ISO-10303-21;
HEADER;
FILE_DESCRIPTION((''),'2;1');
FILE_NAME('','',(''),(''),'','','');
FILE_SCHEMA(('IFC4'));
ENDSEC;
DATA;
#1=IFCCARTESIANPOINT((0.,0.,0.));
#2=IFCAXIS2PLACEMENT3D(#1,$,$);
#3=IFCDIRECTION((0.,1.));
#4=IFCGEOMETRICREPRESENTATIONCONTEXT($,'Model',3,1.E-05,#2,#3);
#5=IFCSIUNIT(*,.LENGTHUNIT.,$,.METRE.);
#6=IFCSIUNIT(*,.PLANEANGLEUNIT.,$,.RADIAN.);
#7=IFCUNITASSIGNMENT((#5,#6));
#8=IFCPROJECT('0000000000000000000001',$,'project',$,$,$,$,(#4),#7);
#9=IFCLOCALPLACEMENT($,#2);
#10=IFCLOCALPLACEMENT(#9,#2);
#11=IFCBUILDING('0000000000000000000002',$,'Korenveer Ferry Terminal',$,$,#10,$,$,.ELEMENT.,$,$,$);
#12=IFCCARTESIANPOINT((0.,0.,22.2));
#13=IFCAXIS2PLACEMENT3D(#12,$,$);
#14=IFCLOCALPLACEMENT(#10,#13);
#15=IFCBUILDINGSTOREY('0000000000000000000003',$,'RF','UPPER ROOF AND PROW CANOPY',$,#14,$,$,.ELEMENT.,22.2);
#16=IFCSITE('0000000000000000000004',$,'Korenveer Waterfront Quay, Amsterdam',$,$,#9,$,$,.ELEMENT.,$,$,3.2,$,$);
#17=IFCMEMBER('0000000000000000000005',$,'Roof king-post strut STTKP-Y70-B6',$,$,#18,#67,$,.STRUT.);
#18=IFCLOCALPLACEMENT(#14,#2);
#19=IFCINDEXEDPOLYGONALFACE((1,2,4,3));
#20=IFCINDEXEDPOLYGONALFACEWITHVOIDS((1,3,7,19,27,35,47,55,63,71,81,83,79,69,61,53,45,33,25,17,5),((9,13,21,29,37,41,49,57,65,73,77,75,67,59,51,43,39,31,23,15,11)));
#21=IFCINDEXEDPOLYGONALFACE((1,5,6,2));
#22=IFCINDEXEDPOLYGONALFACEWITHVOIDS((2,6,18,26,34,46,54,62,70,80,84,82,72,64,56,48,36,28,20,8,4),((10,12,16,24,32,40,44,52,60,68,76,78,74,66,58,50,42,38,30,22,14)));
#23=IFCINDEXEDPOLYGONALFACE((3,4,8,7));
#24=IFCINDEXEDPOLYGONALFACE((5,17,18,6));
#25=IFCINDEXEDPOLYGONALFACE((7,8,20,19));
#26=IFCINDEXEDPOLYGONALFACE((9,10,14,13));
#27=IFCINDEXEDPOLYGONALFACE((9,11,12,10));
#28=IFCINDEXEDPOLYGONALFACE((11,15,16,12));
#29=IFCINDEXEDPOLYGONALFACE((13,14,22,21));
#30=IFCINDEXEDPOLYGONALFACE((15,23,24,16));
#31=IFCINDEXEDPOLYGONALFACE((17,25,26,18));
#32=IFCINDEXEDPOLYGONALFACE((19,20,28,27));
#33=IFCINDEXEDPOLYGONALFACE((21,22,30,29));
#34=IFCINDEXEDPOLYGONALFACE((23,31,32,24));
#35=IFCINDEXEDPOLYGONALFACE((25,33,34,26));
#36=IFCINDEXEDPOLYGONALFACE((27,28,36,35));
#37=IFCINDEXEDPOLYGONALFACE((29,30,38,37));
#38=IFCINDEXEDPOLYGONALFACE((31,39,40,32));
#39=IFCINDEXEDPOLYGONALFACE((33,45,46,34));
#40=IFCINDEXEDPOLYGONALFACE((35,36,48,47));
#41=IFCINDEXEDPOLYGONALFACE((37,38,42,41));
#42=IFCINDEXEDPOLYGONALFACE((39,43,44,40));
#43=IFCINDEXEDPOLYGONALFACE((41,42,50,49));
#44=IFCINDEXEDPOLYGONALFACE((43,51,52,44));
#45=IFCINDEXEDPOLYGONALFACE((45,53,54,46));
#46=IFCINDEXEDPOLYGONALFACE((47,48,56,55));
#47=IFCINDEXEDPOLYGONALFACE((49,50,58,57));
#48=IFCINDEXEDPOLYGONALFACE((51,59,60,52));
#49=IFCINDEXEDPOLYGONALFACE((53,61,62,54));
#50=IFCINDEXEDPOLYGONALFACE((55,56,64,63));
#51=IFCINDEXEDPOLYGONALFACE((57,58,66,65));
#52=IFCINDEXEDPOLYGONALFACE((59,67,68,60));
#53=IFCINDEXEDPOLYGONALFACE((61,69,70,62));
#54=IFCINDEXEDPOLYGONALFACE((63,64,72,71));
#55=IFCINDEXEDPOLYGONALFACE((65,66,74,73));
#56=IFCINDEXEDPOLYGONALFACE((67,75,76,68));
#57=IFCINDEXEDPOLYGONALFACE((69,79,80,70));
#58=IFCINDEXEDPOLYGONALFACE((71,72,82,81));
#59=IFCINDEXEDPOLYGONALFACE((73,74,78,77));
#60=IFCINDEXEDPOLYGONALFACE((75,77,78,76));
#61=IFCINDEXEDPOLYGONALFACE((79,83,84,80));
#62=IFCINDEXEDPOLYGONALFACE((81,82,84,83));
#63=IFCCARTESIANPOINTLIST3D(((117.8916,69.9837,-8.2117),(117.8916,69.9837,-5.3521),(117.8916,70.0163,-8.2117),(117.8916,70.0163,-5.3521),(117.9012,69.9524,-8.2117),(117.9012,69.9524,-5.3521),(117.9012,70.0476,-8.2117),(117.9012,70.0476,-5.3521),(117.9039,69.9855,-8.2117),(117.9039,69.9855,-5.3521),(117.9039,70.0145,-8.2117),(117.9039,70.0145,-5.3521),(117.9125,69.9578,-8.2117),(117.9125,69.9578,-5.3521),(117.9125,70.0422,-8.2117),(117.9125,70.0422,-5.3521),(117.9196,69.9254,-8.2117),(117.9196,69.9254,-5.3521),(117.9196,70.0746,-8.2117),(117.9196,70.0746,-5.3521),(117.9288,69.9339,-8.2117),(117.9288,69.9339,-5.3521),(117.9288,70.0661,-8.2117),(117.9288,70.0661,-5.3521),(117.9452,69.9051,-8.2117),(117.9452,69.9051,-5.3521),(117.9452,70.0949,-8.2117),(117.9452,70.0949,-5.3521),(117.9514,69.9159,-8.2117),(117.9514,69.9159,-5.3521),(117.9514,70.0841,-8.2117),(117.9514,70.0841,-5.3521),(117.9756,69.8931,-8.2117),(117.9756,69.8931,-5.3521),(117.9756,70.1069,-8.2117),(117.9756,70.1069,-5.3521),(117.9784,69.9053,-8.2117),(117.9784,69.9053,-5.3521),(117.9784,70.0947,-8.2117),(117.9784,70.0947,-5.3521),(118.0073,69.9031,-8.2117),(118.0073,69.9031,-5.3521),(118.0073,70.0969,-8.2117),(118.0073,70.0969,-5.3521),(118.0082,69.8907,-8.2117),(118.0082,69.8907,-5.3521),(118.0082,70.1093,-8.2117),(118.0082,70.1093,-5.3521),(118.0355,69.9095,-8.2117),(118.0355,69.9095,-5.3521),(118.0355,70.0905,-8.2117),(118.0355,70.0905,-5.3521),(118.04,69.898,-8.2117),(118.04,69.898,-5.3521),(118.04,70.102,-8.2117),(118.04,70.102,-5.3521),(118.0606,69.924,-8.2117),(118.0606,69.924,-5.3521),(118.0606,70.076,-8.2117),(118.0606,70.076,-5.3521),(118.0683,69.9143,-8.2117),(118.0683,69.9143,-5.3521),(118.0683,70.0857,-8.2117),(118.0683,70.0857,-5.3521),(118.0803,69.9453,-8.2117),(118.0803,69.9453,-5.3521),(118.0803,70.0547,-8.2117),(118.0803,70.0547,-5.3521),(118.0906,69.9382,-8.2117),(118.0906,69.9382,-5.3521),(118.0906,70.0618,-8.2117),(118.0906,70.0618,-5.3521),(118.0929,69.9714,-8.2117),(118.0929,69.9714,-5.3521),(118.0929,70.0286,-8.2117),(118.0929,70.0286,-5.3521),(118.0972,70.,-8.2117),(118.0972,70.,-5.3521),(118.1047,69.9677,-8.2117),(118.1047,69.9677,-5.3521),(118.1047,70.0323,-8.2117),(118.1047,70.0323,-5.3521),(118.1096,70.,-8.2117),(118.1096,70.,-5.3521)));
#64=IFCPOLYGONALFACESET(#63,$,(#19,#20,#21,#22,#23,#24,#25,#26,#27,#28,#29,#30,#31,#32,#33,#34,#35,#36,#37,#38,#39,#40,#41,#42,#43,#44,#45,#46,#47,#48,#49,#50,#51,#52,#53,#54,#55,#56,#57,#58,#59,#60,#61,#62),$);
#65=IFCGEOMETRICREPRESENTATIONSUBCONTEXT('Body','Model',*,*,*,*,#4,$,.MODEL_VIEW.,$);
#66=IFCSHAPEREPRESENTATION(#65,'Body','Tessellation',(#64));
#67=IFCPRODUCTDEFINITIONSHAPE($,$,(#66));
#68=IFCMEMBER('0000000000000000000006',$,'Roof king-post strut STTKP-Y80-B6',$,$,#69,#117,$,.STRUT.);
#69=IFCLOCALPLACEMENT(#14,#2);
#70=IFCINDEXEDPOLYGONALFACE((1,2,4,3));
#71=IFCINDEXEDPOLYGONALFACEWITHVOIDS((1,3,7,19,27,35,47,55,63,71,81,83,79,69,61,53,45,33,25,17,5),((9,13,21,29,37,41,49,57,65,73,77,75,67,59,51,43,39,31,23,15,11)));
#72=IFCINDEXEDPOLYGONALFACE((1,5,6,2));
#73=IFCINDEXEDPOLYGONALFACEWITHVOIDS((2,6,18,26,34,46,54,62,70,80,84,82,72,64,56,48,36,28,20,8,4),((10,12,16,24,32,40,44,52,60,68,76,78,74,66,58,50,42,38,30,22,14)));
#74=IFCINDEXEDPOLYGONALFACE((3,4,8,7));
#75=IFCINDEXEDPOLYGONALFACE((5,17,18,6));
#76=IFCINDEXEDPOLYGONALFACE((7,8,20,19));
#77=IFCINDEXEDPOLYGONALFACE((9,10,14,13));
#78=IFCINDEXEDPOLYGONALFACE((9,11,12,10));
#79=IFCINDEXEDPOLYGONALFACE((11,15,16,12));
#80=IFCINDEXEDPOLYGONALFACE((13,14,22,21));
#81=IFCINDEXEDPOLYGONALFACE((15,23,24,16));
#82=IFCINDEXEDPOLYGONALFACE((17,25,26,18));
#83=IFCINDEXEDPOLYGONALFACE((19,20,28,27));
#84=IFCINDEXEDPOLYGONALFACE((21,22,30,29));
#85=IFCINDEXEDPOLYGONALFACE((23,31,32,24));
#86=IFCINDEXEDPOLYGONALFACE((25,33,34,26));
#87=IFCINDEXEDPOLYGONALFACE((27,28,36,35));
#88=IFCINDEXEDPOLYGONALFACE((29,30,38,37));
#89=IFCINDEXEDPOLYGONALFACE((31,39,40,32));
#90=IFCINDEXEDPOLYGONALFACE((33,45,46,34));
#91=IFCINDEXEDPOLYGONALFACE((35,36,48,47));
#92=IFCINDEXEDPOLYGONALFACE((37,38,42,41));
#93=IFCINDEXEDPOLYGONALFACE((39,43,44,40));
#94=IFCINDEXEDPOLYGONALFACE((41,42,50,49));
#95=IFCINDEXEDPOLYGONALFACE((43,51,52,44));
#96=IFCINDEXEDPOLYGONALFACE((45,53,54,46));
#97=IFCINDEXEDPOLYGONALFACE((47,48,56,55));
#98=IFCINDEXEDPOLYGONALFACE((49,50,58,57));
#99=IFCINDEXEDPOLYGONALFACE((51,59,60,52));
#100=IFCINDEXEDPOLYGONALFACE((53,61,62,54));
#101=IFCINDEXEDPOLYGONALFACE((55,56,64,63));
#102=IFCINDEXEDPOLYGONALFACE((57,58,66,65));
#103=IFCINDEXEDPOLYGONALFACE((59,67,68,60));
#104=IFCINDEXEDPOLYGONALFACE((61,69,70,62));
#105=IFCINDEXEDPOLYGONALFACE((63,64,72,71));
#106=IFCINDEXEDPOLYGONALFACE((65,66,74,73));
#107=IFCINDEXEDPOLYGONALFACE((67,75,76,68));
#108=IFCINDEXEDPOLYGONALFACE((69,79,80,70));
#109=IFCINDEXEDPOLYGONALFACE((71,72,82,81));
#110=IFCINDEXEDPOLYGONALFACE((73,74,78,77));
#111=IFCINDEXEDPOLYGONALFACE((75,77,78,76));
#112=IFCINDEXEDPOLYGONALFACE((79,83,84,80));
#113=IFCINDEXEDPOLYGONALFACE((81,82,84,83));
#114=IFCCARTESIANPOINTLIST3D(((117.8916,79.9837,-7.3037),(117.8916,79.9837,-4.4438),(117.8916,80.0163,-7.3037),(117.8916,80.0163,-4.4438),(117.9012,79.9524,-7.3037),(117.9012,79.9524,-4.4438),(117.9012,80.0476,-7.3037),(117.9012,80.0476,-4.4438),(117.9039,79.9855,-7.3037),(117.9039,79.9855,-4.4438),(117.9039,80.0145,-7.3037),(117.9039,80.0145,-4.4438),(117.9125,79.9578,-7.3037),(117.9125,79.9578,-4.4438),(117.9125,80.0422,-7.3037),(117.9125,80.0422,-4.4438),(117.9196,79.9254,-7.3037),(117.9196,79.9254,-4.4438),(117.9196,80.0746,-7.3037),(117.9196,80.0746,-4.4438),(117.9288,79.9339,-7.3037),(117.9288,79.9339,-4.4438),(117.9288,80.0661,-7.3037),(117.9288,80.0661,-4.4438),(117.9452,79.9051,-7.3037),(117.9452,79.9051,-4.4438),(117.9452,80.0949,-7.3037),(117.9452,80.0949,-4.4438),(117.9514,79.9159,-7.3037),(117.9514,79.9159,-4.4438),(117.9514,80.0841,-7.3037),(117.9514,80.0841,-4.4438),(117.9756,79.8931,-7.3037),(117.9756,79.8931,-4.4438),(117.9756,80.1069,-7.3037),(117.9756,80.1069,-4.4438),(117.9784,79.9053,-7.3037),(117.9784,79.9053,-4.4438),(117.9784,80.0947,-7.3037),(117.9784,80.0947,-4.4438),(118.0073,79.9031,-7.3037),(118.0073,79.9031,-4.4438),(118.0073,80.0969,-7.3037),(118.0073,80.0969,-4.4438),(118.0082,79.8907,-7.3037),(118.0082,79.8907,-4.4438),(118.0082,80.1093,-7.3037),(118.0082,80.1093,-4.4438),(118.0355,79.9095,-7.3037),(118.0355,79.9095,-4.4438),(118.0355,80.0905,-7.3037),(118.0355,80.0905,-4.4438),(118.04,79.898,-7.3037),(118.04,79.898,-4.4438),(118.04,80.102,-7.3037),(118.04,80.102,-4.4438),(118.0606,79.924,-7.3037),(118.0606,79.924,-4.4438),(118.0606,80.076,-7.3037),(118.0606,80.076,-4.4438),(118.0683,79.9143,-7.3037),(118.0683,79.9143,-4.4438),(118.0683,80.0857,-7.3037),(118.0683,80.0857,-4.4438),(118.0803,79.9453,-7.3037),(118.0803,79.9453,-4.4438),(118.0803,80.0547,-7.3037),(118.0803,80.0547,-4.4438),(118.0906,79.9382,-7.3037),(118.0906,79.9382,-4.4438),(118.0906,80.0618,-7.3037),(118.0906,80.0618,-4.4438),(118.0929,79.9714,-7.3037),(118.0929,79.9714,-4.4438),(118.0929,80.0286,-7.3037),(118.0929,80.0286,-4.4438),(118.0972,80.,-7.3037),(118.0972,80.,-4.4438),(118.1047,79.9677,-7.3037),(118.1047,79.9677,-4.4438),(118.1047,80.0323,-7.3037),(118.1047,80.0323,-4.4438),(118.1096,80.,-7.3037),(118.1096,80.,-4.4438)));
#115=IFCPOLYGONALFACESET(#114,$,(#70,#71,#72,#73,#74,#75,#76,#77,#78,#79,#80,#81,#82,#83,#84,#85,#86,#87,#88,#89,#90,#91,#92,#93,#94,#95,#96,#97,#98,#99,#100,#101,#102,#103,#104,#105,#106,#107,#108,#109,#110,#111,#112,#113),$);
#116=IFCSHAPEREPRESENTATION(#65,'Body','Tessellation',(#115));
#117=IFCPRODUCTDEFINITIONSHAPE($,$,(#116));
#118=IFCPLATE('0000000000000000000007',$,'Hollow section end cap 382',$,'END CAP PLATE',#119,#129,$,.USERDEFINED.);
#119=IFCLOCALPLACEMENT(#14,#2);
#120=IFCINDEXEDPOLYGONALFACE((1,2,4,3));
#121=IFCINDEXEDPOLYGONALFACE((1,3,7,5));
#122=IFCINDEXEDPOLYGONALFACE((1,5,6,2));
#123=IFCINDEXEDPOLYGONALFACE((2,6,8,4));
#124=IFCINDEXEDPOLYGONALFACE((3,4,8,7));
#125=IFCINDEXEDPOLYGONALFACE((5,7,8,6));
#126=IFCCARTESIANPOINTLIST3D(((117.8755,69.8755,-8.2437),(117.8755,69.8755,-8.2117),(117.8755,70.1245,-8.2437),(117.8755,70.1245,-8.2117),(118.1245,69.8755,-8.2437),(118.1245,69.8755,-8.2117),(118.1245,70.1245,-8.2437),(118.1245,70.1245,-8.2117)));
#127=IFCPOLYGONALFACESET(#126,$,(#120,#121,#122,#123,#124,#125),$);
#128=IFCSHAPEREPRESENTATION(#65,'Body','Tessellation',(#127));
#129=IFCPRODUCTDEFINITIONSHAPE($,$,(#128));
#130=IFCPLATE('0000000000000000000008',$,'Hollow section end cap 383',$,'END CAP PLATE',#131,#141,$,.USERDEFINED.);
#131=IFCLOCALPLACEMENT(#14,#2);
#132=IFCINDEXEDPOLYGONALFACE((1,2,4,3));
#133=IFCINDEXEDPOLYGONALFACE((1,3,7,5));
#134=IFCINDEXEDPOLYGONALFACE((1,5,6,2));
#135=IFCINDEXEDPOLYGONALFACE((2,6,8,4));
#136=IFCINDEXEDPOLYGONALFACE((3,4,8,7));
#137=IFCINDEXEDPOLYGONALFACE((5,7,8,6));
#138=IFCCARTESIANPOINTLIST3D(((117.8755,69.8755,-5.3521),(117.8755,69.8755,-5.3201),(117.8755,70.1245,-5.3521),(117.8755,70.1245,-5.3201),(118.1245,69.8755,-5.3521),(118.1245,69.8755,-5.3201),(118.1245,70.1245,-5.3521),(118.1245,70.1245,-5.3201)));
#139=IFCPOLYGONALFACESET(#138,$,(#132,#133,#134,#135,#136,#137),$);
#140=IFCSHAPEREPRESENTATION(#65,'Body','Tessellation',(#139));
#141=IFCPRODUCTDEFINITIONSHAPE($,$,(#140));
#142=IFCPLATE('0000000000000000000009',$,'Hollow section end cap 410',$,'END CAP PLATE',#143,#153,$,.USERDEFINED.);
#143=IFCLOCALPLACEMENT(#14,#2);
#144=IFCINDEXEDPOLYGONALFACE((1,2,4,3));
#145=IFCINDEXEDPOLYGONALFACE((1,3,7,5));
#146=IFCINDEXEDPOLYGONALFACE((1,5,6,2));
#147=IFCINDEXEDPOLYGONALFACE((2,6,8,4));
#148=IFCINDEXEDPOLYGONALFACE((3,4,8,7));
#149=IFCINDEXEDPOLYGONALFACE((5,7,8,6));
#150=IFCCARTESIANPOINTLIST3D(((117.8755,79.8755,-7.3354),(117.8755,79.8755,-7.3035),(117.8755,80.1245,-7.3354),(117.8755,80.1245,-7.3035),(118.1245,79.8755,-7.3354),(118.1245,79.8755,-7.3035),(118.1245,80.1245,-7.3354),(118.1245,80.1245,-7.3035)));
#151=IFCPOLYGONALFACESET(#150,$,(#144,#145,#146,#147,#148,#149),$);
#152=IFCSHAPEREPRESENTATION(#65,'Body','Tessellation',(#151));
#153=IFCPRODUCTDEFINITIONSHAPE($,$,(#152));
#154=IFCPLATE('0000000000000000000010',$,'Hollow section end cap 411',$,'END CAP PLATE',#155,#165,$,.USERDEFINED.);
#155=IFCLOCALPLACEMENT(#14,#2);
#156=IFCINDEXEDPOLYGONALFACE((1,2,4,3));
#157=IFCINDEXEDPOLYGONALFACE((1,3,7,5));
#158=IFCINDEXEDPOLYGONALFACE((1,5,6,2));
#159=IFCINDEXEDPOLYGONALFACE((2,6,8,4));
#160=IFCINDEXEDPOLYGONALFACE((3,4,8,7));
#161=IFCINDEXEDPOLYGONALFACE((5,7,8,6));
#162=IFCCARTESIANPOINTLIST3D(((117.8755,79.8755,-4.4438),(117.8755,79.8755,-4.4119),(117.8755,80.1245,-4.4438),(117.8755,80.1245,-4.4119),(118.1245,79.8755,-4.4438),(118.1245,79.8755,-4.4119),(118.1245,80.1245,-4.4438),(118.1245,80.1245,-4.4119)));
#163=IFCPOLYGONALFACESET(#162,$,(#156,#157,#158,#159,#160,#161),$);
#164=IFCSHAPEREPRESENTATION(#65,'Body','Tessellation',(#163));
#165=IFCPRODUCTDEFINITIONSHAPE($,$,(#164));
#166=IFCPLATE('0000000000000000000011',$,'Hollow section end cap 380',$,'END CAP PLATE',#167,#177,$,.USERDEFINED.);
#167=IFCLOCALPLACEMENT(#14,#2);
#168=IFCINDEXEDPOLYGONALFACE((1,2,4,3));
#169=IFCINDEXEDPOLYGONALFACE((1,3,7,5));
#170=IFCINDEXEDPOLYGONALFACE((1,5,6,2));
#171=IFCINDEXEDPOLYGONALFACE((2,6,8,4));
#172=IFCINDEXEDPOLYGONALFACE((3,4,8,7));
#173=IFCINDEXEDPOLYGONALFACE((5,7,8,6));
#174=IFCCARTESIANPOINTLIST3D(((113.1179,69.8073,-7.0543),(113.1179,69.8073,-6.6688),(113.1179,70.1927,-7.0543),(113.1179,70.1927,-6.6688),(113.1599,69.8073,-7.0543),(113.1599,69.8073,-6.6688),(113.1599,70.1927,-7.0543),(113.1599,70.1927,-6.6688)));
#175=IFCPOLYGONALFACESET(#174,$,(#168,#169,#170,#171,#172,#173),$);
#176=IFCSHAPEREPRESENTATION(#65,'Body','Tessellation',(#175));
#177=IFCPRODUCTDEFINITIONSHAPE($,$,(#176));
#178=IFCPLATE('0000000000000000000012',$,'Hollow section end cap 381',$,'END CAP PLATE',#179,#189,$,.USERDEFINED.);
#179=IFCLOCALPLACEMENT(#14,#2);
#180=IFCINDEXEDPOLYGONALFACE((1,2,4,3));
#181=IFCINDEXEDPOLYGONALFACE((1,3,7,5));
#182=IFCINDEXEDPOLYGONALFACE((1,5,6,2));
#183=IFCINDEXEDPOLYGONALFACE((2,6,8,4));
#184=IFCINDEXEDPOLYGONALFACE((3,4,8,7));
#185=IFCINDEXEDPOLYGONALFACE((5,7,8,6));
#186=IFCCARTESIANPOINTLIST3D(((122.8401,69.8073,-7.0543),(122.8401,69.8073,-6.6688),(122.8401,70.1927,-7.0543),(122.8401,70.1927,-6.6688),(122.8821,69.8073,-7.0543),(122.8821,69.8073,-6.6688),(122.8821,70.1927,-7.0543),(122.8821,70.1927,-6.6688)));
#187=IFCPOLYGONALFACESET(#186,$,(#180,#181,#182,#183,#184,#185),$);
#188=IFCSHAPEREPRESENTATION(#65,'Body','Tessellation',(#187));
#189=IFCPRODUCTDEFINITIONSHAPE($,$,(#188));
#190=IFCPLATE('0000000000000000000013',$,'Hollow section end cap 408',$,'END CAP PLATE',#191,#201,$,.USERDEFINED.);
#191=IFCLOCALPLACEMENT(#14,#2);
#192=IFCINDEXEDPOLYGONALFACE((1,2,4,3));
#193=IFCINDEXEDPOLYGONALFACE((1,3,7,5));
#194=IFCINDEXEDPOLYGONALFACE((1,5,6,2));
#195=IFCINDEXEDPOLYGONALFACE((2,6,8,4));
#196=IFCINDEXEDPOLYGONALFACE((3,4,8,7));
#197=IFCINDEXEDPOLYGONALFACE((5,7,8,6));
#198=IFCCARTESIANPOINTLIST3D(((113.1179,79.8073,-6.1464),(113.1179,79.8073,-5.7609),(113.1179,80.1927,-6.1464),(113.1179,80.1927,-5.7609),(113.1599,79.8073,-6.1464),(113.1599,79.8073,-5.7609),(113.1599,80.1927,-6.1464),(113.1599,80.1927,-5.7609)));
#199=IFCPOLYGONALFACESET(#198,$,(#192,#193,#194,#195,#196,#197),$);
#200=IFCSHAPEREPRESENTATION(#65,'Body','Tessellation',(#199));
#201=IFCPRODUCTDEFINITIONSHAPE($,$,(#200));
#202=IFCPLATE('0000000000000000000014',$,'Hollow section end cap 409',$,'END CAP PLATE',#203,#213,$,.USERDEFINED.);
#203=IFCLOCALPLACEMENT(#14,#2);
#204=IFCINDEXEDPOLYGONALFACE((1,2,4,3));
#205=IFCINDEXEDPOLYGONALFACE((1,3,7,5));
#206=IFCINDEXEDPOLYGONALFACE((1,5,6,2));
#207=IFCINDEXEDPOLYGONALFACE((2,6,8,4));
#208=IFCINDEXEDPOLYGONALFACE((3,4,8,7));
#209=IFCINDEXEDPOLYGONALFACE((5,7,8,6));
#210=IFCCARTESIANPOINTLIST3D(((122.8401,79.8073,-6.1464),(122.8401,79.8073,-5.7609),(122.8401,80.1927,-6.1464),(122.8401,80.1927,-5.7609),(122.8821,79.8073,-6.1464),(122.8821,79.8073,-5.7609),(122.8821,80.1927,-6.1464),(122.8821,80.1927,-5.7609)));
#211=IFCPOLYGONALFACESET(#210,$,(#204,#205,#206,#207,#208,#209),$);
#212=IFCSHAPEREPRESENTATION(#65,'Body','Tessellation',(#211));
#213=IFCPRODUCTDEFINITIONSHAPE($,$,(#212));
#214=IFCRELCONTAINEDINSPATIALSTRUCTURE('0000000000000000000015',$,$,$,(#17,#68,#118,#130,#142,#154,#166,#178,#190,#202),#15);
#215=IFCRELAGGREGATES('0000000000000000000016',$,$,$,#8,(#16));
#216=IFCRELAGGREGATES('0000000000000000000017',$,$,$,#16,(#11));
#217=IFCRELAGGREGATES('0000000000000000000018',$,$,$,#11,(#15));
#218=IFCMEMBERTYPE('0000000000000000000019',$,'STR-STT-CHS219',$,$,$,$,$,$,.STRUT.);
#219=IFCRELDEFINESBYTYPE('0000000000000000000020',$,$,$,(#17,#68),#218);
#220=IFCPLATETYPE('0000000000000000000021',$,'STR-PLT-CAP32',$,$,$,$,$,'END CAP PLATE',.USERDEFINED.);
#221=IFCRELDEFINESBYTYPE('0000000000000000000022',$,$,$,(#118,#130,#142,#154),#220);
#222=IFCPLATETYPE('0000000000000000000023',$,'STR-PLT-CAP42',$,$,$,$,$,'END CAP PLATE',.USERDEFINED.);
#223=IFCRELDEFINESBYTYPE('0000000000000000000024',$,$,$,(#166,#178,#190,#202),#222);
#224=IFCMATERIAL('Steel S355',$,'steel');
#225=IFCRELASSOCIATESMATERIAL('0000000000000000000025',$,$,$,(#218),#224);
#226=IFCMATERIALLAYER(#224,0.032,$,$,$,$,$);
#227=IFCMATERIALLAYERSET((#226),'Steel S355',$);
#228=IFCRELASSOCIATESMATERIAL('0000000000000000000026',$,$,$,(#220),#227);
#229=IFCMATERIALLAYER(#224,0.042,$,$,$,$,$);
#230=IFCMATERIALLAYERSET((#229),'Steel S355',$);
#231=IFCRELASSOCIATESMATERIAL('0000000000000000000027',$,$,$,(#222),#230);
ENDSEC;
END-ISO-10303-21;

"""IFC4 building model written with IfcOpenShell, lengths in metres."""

from ifc_helpers import new_model, si_unit, direction, frame, origin, origin_2d, place, context, subcontext, project, spatial, rectangle, hollow_circle, extrude, material, layer, layer_set, material_profile, profile_set, type_object, element, save


model = new_model("IFC4")

# Units and contexts
model_context = context("Model", 3, precision=1e-05, world=origin(), true_north=direction((0.0, 1.0)))
body_context = subcontext(model_context, "Body", "Model", "MODEL_VIEW")
ifc_project = project(units=[si_unit("LENGTHUNIT", "METRE"), si_unit("PLANEANGLEUNIT", "RADIAN")], contexts=[model_context])

# Site, building, storey
site_placement = place(None, origin())
site = spatial("IfcSite", under=ifc_project, at=site_placement, Name="Korenveer Waterfront Quay, Amsterdam", CompositionType="ELEMENT", RefElevation=3.2)
building_placement = place(site_placement, origin())
building = spatial("IfcBuilding", under=site, at=building_placement, Name="Korenveer Ferry Terminal", CompositionType="ELEMENT")
storey_placement = place(building_placement, frame((0.0, 0.0, 22.2)))
storey = spatial("IfcBuildingStorey", under=building, at=storey_placement, Name="RF", Description="UPPER ROOF AND PROW CANOPY", CompositionType="ELEMENT", Elevation=22.2)

# Shared definitions
ifc_material_1 = material(Name="Steel S355", Category="steel")

# Members
ifc_material_profile_1 = material_profile(ifc_material_1, hollow_circle(Radius=0.1096, WallThickness=0.0125, at=origin_2d()), Name="CHS 219.1x12.5")
ifc_profile_set_1 = profile_set([ifc_material_profile_1], Name="Steel S355")
member_type_1 = type_object("IfcMemberType", Name="STR-STT-CHS219", PredefinedType="STRUT", material=ifc_profile_set_1)
member_1_placement = place(storey_placement, frame((118.0, 70.0, -8.2117), z_axis=(0.0, 0.0, 1.0), x_axis=(1.0, 0.0, 0.0)))
element("IfcMember", 1, at=member_1_placement, inside=storey, type_object=member_type_1, Name="Roof king-post strut STTKP-Y70-B6", PredefinedType="STRUT", context=body_context, shape_type="SweptSolid", body=[
    extrude(hollow_circle(Radius=0.1096, WallThickness=0.0125, at=origin_2d()), origin(), (0.0, 0.0, 1.0), 2.8596),
])
member_2_placement = place(storey_placement, frame((118.0, 80.0, -7.3037), z_axis=(0.0, 0.0, 1.0), x_axis=(1.0, 0.0, 0.0)))
element("IfcMember", 2, at=member_2_placement, inside=storey, type_object=member_type_1, Name="Roof king-post strut STTKP-Y80-B6", PredefinedType="STRUT", context=body_context, shape_type="SweptSolid", body=[
    extrude(hollow_circle(Radius=0.1096, WallThickness=0.0125, at=origin_2d()), origin(), (0.0, 0.0, 1.0), 2.8599),
])

# Plates
ifc_layer_1 = layer(ifc_material_1, 0.032)
ifc_layer_set_1 = layer_set([ifc_layer_1], Name="Steel S355")
plate_type_1 = type_object("IfcPlateType", Name="STR-PLT-CAP32", ElementType="END CAP PLATE", PredefinedType="USERDEFINED", material=ifc_layer_set_1)
for number, where, z_axis, x_axis, name in (
    (3, (118.0, 70.0, -8.2437), (0.0, 0.0, 1.0), (1.0, 0.0, 0.0), "Hollow section end cap 382"),
    (4, (118.0, 70.0, -5.3521), (0.0, 0.0, 1.0), (1.0, 0.0, 0.0), "Hollow section end cap 383"),
    (5, (118.0, 80.0, -7.3354), (0.0, 0.0, 1.0), (1.0, 0.0, 0.0), "Hollow section end cap 410"),
    (6, (118.0, 80.0, -4.4438), (0.0, 0.0, 1.0), (1.0, 0.0, 0.0), "Hollow section end cap 411"),
):
    element("IfcPlate", number, at=place(storey_placement, frame(where, z_axis=z_axis, x_axis=x_axis)), inside=storey, type_object=plate_type_1, Name=name, ObjectType="END CAP PLATE", PredefinedType="USERDEFINED", context=body_context, shape_type="SweptSolid", body=[
        extrude(rectangle(XDim=0.249, YDim=0.249, at=origin_2d()), origin(), (0.0, 0.0, 1.0), 0.032),
    ])
ifc_layer_2 = layer(ifc_material_1, 0.042)
ifc_layer_set_2 = layer_set([ifc_layer_2], Name="Steel S355")
plate_type_2 = type_object("IfcPlateType", Name="STR-PLT-CAP42", ElementType="END CAP PLATE", PredefinedType="USERDEFINED", material=ifc_layer_set_2)
for number, where, z_axis, x_axis, name in (
    (7, (113.1179, 70.0, -6.8616), (1.0, 0.0, 0.0), (0.0, 1.0, 0.0), "Hollow section end cap 380"),
    (8, (122.8401, 70.0, -6.8616), (1.0, 0.0, 0.0), (0.0, 1.0, 0.0), "Hollow section end cap 381"),
    (9, (113.1179, 80.0, -5.9536), (1.0, 0.0, 0.0), (0.0, 1.0, 0.0), "Hollow section end cap 408"),
    (10, (122.8401, 80.0, -5.9536), (1.0, 0.0, 0.0), (0.0, 1.0, 0.0), "Hollow section end cap 409"),
):
    element("IfcPlate", number, at=place(storey_placement, frame(where, z_axis=z_axis, x_axis=x_axis)), inside=storey, type_object=plate_type_2, Name=name, ObjectType="END CAP PLATE", PredefinedType="USERDEFINED", context=body_context, shape_type="SweptSolid", body=[
        extrude(rectangle(XDim=0.3855, YDim=0.3855, at=origin_2d()), origin(), (0.0, 0.0, 1.0), 0.042),
    ])

save(model, "model.ifc")
